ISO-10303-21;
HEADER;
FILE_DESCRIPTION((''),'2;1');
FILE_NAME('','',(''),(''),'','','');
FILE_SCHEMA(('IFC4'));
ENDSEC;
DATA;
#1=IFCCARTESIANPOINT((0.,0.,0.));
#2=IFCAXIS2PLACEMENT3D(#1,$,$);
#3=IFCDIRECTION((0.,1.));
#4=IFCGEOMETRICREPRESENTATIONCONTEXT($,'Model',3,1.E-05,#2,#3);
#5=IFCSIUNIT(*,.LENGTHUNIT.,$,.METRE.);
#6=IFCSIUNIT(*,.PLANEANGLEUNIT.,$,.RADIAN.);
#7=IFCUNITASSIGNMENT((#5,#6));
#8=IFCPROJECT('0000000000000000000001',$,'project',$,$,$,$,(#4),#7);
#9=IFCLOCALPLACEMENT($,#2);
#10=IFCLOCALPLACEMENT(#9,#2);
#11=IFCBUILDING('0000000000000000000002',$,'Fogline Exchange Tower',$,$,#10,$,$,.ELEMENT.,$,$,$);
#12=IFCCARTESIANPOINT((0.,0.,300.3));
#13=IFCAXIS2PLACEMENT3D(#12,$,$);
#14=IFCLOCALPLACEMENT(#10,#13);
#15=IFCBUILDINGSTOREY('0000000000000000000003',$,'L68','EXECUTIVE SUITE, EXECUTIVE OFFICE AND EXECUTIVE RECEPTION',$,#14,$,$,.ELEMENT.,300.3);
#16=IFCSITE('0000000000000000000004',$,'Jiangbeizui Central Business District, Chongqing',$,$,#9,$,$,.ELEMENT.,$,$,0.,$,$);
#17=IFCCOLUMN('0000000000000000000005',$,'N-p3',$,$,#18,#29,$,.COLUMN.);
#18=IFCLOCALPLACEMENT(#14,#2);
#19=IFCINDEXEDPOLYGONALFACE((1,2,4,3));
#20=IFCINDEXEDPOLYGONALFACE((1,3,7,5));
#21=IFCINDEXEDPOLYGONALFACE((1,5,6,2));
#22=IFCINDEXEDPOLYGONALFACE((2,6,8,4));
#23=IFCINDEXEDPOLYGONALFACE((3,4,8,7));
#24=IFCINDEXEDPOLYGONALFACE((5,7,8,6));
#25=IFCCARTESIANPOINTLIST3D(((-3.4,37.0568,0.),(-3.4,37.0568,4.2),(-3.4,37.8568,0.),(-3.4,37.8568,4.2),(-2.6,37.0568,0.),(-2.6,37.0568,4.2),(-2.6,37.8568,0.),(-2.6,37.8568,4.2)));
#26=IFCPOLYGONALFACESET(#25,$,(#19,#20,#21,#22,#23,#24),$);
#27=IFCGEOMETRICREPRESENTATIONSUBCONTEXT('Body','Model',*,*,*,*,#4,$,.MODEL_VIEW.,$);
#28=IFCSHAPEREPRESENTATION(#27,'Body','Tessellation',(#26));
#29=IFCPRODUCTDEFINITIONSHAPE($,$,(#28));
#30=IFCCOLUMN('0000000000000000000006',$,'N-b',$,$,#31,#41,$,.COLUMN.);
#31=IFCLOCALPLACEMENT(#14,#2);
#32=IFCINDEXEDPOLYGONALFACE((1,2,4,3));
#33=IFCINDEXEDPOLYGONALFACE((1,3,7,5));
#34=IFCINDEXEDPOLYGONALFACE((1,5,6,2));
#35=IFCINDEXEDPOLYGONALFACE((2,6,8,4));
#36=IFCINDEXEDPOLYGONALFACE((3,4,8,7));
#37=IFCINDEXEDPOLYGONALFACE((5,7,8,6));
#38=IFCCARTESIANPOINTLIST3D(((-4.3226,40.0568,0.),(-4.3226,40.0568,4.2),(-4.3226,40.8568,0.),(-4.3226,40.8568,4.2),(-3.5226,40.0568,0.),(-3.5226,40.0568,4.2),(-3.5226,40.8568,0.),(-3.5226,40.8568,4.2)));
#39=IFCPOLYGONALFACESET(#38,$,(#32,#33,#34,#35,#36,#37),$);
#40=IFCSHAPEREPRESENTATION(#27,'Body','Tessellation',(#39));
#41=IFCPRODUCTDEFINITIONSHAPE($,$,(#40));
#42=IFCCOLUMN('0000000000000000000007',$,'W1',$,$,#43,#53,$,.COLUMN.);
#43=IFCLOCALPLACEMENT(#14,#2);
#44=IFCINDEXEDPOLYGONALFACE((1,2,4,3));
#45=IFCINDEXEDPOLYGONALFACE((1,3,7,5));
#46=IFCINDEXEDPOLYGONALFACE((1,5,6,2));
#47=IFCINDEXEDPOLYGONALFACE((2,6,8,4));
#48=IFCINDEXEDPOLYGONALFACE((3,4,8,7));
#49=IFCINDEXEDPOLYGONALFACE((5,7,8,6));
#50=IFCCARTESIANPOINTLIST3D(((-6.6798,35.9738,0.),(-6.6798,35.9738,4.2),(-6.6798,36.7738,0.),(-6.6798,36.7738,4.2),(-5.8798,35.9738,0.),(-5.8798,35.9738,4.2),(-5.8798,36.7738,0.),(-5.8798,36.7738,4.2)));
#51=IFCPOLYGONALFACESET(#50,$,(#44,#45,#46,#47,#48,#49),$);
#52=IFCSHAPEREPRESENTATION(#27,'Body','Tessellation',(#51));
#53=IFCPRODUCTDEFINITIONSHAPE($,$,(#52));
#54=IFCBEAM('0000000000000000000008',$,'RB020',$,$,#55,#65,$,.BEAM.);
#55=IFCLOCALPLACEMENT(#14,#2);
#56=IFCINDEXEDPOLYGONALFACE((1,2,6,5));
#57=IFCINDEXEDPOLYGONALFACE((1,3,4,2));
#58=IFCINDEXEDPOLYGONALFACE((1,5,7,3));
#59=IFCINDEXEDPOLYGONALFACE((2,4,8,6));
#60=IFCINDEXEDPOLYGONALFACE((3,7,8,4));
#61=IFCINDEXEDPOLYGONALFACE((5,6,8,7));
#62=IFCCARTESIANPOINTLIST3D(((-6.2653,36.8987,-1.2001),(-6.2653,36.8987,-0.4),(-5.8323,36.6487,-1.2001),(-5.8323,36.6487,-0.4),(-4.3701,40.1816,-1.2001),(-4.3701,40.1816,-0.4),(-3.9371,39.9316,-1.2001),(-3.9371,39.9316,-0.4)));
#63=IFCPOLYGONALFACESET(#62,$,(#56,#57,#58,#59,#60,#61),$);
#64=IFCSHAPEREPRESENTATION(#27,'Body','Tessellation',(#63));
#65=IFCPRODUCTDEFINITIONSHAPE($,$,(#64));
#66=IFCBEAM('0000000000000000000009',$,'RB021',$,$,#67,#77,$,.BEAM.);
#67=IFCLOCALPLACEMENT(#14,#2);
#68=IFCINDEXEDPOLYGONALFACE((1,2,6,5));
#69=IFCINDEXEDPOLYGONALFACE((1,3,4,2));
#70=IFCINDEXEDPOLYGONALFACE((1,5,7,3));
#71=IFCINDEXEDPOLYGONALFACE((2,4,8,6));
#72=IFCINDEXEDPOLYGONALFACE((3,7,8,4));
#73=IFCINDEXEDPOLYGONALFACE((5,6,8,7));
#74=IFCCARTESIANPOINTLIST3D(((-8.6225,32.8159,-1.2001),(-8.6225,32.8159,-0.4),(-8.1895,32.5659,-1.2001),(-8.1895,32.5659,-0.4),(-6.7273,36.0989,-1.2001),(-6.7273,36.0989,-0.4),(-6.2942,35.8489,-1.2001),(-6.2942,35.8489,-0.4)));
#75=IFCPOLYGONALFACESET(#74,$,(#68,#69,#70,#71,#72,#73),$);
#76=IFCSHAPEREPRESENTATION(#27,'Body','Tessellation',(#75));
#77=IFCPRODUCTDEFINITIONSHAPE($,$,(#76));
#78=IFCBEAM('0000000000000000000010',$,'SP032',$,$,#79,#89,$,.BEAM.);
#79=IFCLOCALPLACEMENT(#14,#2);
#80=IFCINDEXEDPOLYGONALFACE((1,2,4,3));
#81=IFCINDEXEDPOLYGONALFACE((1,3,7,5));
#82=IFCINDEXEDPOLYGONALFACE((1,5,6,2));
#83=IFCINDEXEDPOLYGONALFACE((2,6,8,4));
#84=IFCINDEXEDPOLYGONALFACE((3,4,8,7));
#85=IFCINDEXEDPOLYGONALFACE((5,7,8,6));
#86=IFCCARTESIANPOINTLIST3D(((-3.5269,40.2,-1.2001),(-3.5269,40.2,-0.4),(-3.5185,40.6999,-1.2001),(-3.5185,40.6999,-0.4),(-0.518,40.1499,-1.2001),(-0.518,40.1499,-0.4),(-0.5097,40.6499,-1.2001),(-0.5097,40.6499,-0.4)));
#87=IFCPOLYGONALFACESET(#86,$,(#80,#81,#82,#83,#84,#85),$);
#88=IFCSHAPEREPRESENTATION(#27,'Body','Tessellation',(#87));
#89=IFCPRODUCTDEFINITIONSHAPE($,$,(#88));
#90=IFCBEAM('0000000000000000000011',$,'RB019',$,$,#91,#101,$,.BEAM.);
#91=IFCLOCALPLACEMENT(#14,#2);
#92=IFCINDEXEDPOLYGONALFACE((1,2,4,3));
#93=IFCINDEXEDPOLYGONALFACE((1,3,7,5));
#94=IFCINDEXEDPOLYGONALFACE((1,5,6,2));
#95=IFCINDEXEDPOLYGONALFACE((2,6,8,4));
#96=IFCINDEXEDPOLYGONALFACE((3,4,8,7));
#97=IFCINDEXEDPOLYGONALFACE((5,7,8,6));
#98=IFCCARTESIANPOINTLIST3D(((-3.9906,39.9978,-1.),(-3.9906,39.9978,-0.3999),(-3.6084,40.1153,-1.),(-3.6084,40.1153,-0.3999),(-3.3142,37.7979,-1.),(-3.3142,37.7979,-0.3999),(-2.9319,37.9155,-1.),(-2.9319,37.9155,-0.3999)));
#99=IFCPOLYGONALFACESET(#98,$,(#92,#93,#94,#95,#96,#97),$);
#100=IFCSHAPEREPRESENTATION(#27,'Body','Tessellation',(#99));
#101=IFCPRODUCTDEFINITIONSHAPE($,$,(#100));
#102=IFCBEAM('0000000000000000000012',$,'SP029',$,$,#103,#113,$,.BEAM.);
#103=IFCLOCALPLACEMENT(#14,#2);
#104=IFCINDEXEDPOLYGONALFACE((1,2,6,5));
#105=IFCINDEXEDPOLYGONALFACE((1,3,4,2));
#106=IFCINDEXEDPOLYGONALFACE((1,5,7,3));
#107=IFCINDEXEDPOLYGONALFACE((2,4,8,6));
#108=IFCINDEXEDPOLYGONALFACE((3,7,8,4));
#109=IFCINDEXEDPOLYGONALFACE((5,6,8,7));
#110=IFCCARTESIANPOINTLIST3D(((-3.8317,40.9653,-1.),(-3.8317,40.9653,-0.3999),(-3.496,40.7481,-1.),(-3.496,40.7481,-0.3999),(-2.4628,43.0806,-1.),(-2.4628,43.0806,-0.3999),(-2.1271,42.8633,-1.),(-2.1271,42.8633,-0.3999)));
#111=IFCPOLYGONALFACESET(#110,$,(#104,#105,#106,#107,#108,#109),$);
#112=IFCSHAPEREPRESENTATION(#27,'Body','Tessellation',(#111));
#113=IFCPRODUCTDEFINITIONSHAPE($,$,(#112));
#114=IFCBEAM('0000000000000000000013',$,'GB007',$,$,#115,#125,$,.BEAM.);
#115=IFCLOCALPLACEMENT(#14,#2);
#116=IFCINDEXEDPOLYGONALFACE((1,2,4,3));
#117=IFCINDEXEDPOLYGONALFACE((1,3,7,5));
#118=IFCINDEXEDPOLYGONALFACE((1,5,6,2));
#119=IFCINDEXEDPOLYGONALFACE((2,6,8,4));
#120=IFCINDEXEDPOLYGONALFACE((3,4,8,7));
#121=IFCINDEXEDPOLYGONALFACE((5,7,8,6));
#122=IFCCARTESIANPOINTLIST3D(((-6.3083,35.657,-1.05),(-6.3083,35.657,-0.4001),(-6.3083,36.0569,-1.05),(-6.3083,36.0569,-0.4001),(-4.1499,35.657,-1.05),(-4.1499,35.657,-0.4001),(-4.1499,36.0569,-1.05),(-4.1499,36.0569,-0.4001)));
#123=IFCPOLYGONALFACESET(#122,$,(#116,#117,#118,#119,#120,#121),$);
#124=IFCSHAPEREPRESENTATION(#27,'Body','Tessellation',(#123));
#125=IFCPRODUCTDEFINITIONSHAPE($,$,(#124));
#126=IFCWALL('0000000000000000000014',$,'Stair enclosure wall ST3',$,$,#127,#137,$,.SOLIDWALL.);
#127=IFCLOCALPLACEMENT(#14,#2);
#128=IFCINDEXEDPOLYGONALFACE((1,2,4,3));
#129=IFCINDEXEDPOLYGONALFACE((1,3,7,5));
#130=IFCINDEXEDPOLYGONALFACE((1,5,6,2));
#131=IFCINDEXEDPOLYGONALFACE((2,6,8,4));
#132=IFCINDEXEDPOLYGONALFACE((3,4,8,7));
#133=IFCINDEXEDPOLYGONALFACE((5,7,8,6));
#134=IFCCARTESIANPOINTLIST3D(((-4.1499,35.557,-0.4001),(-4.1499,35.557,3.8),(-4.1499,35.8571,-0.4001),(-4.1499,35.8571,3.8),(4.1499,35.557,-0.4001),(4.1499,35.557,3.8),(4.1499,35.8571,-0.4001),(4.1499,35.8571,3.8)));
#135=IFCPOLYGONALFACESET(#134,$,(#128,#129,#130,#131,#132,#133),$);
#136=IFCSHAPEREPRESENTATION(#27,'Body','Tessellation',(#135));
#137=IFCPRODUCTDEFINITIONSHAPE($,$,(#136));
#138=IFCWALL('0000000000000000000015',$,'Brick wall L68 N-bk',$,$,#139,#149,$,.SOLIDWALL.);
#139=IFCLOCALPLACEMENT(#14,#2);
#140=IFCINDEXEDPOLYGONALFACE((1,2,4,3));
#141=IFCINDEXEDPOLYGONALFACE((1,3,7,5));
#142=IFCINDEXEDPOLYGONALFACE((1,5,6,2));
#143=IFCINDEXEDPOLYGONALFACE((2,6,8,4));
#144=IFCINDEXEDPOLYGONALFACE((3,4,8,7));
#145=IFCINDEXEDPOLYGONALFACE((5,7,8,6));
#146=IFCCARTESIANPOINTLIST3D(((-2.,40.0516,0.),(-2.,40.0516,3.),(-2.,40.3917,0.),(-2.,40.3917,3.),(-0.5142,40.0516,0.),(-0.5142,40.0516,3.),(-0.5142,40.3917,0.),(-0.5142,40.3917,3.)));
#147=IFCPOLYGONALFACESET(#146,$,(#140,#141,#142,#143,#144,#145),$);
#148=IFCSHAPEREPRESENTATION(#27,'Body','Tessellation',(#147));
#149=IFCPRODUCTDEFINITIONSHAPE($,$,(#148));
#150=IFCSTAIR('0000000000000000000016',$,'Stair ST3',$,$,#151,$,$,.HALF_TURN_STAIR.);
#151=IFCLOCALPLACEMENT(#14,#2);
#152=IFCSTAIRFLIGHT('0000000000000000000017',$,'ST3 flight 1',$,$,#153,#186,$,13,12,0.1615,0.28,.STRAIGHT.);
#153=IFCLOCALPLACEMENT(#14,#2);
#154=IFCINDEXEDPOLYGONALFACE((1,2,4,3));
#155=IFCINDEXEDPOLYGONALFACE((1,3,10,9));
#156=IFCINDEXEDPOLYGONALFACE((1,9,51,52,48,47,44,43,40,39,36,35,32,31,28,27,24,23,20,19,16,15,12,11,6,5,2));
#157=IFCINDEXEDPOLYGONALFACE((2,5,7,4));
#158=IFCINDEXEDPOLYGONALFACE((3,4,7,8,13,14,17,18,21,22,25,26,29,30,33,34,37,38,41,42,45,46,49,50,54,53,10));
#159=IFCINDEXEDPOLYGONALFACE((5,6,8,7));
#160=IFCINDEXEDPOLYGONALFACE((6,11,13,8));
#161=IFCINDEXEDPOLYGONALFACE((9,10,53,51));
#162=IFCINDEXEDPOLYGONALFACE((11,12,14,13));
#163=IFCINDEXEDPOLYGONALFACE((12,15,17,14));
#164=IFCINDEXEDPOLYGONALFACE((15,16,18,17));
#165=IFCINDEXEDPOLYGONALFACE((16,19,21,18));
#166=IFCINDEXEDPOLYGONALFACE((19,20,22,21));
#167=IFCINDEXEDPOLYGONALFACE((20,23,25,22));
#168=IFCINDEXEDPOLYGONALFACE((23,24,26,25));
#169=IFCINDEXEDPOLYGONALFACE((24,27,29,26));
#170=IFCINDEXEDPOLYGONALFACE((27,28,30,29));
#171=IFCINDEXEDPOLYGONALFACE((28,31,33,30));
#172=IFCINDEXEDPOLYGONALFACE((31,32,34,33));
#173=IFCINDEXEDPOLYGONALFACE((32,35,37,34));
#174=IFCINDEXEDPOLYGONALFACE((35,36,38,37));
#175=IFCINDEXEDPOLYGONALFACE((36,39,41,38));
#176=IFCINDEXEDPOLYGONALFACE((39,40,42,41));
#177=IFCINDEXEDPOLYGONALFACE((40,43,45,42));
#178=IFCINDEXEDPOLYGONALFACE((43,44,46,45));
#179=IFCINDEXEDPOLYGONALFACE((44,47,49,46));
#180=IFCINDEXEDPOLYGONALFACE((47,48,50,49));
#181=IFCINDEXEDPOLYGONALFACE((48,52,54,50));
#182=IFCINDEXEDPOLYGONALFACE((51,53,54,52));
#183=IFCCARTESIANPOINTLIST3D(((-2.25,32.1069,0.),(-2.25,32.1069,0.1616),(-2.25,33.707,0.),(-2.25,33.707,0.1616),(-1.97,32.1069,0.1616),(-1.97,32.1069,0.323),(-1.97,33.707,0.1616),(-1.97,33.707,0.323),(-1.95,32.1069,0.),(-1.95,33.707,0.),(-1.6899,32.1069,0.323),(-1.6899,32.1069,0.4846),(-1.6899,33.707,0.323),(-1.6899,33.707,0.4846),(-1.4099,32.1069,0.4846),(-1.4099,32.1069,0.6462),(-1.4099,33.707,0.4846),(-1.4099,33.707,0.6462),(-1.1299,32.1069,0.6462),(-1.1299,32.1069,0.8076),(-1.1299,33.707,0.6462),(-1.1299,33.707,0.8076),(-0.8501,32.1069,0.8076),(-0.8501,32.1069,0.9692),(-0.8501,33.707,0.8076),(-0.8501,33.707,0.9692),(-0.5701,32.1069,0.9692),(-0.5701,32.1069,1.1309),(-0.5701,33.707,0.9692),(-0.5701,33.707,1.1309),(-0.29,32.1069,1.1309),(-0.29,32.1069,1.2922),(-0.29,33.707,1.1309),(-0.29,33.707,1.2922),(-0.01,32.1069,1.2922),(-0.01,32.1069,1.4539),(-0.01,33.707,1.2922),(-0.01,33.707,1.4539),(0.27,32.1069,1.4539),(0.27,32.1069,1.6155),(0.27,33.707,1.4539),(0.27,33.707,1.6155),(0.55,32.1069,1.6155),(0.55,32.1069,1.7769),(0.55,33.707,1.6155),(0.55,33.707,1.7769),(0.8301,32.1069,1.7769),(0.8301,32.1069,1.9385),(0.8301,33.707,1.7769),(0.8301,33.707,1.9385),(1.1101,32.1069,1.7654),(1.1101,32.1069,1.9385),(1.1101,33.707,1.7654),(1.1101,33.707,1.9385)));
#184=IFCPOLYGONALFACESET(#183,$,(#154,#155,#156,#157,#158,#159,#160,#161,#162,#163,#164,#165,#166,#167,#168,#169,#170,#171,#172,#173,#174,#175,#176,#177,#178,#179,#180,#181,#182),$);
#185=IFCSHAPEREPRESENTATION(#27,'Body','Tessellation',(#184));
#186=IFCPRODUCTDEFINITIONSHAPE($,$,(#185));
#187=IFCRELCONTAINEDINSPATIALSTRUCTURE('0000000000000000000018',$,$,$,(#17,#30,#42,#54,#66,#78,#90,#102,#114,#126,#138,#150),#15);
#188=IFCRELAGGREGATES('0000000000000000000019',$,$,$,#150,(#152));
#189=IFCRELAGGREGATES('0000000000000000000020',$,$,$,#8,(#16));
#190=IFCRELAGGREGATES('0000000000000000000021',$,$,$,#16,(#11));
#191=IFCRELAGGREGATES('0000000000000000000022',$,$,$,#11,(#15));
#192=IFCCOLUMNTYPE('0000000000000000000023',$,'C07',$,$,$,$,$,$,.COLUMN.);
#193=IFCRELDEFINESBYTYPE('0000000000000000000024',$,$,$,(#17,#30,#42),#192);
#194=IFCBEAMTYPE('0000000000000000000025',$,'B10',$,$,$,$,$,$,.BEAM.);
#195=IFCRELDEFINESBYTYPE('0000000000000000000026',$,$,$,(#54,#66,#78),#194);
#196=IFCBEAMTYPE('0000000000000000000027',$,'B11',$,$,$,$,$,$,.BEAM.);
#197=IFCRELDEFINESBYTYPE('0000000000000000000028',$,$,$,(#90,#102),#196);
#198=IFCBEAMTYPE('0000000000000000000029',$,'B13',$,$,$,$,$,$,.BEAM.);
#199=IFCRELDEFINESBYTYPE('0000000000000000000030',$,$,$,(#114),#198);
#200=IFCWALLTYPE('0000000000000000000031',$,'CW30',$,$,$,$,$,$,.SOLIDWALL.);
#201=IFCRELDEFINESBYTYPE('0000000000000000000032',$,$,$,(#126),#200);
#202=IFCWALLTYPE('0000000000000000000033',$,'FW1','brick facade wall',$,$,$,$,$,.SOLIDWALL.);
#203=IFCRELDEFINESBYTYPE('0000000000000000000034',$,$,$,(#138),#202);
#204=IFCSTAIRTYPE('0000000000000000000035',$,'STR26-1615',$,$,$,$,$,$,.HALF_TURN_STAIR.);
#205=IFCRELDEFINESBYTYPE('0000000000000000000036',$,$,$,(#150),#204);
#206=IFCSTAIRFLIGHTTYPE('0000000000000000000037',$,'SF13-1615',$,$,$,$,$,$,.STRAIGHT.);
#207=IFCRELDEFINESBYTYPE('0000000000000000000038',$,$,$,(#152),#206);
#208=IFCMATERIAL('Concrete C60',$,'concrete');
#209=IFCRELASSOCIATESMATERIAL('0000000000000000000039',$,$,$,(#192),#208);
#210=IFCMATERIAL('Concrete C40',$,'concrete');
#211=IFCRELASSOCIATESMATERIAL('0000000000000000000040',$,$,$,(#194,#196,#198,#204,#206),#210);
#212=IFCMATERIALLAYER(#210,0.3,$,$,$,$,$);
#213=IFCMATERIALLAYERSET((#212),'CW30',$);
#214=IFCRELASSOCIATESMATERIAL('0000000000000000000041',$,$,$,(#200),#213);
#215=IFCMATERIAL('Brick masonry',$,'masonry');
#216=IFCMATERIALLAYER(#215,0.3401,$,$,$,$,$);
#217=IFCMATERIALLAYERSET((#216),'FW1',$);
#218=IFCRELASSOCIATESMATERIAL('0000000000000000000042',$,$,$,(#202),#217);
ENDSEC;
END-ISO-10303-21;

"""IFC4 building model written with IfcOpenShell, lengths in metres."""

from ifc_helpers import new_model, si_unit, direction, frame, frame_2d, origin, origin_2d, place, context, subcontext, project, spatial, polyline, rectangle, outline, extrude, material, layer, layer_set, material_profile, profile_set, type_object, element, aggregate, save


model = new_model("IFC4")

# Units and contexts
model_context = context("Model", 3, precision=1e-05, world=origin(), true_north=direction((0.0, 1.0)))
body_context = subcontext(model_context, "Body", "Model", "MODEL_VIEW")
ifc_project = project(units=[si_unit("LENGTHUNIT", "METRE"), si_unit("PLANEANGLEUNIT", "RADIAN")], contexts=[model_context])

# Site, building, storey
site_placement = place(None, origin())
site = spatial("IfcSite", under=ifc_project, at=site_placement, Name="Jiangbeizui Central Business District, Chongqing", CompositionType="ELEMENT", RefElevation=0.0)
building_placement = place(site_placement, origin())
building = spatial("IfcBuilding", under=site, at=building_placement, Name="Fogline Exchange Tower", CompositionType="ELEMENT")
storey_placement = place(building_placement, frame((0.0, 0.0, 300.3)))
storey = spatial("IfcBuildingStorey", under=building, at=storey_placement, Name="L68", Description="EXECUTIVE SUITE, EXECUTIVE OFFICE AND EXECUTIVE RECEPTION", CompositionType="ELEMENT", Elevation=300.3)

# Columns
ifc_material_1 = material(Name="Concrete C60", Category="concrete")
ifc_material_profile_1 = material_profile(ifc_material_1, rectangle(XDim=0.8, YDim=0.8, at=origin_2d()), Name="RC 800x800")
ifc_profile_set_1 = profile_set([ifc_material_profile_1], Name="Concrete C60")
column_type = type_object("IfcColumnType", Name="C07", PredefinedType="COLUMN", material=ifc_profile_set_1)
for number, where, z_axis, x_axis, name in (
    (1, (-3.0, 37.4568, 0.0), (0.0, 0.0, 1.0), (1.0, 0.0, 0.0), "N-p3"),
    (2, (-3.9226, 40.4568, 0.0), (0.0, 0.0, 1.0), (1.0, 0.0, 0.0), "N-b"),
    (3, (-6.2798, 36.3738, 0.0), (0.0, 0.0, 1.0), (1.0, 0.0, 0.0), "W1"),
):
    element("IfcColumn", number, at=place(storey_placement, frame(where, z_axis=z_axis, x_axis=x_axis)), inside=storey, type_object=column_type, Name=name, PredefinedType="COLUMN", context=body_context, shape_type="SweptSolid", body=[
        extrude(rectangle(XDim=0.8, YDim=0.8, at=origin_2d()), origin(), (0.0, 0.0, 1.0), 4.2),
    ])

# Beams
ifc_material_2 = material(Name="Concrete C40", Category="concrete")
ifc_material_profile_2 = material_profile(ifc_material_2, rectangle(XDim=0.5, YDim=0.8, at=origin_2d()), Name="RC 500x800")
ifc_profile_set_2 = profile_set([ifc_material_profile_2], Name="Concrete C40")
beam_type_1 = type_object("IfcBeamType", Name="B10", PredefinedType="BEAM", material=ifc_profile_set_2)
for number, where, z_axis, x_axis, name in (
    (4, (-4.1536, 40.0566, -0.8), (-0.49997, -0.866043, 0.0), (0.866043, -0.49997, 0.0), "RB020"),
    (5, (-6.5107, 35.9739, -0.8), (-0.49997, -0.866043, 0.0), (0.866043, -0.49997, 0.0), "RB021"),
):
    element("IfcBeam", number, at=place(storey_placement, frame(where, z_axis=z_axis, x_axis=x_axis)), inside=storey, type_object=beam_type_1, Name=name, PredefinedType="BEAM", context=body_context, shape_type="SweptSolid", body=[
        extrude(rectangle(XDim=0.5, YDim=0.8, at=origin_2d()), origin(), (0.0, 0.0, 1.0), 3.7908),
    ])
beam_1_placement = place(storey_placement, frame((-3.5227, 40.45, -0.8), z_axis=(0.999862, -0.016632, 0.0), x_axis=(0.016632, 0.999862, 0.0)))
element("IfcBeam", 6, at=beam_1_placement, inside=storey, type_object=beam_type_1, Name="SP032", PredefinedType="BEAM", context=body_context, shape_type="SweptSolid", body=[
    extrude(rectangle(XDim=0.5, YDim=0.8, at=origin_2d()), origin(), (0.0, 0.0, 1.0), 3.0093),
])
ifc_material_profile_3 = material_profile(ifc_material_2, rectangle(XDim=0.3999, YDim=0.6001, at=origin_2d()), Name="RC 400x600")
ifc_profile_set_3 = profile_set([ifc_material_profile_3], Name="Concrete C40")
beam_type_2 = type_object("IfcBeamType", Name="B11", PredefinedType="BEAM", material=ifc_profile_set_3)
beam_2_placement = place(storey_placement, frame((-3.123, 37.8567, -0.7), z_axis=(-0.293929, 0.955827, 0.0), x_axis=(-0.955827, -0.293929, 0.0)))
element("IfcBeam", 7, at=beam_2_placement, inside=storey, type_object=beam_type_2, Name="RB019", PredefinedType="BEAM", context=body_context, shape_type="SweptSolid", body=[
    extrude(rectangle(XDim=0.3999, YDim=0.6001, at=origin_2d()), origin(), (0.0, 0.0, 1.0), 2.3015),
])
beam_3_placement = place(storey_placement, frame((-3.6638, 40.8567, -0.7), z_axis=(0.543312, 0.839531, 0.0), x_axis=(-0.839531, 0.543312, 0.0)))
element("IfcBeam", 8, at=beam_3_placement, inside=storey, type_object=beam_type_2, Name="SP029", PredefinedType="BEAM", context=body_context, shape_type="SweptSolid", body=[
    extrude(rectangle(XDim=0.3999, YDim=0.6001, at=origin_2d()), origin(), (0.0, 0.0, 1.0), 2.5195),
])
ifc_material_profile_4 = material_profile(ifc_material_2, rectangle(XDim=0.3999, YDim=0.6499, at=origin_2d()), Name="RC 400x650")
ifc_profile_set_4 = profile_set([ifc_material_profile_4], Name="Concrete C40")
beam_type_3 = type_object("IfcBeamType", Name="B13", PredefinedType="BEAM", material=ifc_profile_set_4)
beam_4_placement = place(storey_placement, frame((-6.3083, 35.8569, -0.7251), z_axis=(1.0, 0.0, 0.0), x_axis=(0.0, 1.0, 0.0)))
element("IfcBeam", 9, at=beam_4_placement, inside=storey, type_object=beam_type_3, Name="GB007", PredefinedType="BEAM", context=body_context, shape_type="SweptSolid", body=[
    extrude(rectangle(XDim=0.3999, YDim=0.6499, at=origin_2d()), origin(), (0.0, 0.0, 1.0), 2.1584),
])

# Walls
ifc_layer_1 = layer(ifc_material_2, 0.3)
ifc_layer_set_1 = layer_set([ifc_layer_1], Name="CW30")
wall_type_1 = type_object("IfcWallType", Name="CW30", PredefinedType="SOLIDWALL", material=ifc_layer_set_1)
wall_1_placement = place(storey_placement, frame((-4.1499, 35.707, -0.4001), z_axis=(0.0, 0.0, 1.0), x_axis=(1.0, 0.0, 0.0)))
element("IfcWall", 10, at=wall_1_placement, inside=storey, type_object=wall_type_1, Name="Stair enclosure wall ST3", PredefinedType="SOLIDWALL", context=body_context, shape_type="SweptSolid", body=[
    extrude(rectangle(XDim=8.2998, YDim=0.3, at=frame_2d((4.1499, 0.0))), origin(), (0.0, 0.0, 1.0), 4.2002),
])
ifc_material_3 = material(Name="Brick masonry", Category="masonry")
ifc_layer_2 = layer(ifc_material_3, 0.3401)
ifc_layer_set_2 = layer_set([ifc_layer_2], Name="FW1")
wall_type_2 = type_object("IfcWallType", Name="FW1", Description="brick facade wall", PredefinedType="SOLIDWALL", material=ifc_layer_set_2)
wall_2_placement = place(storey_placement, frame((-0.5142, 40.2217, 0.0), z_axis=(0.0, 0.0, 1.0), x_axis=(-1.0, 0.0, 0.0)))
element("IfcWall", 11, at=wall_2_placement, inside=storey, type_object=wall_type_2, Name="Brick wall L68 N-bk", PredefinedType="SOLIDWALL", context=body_context, shape_type="SweptSolid", body=[
    extrude(rectangle(XDim=1.4858, YDim=0.3401, at=frame_2d((0.7429, 0.0))), origin(), (0.0, 0.0, 1.0), 3.0),
])

# Stair, stair flight
stair_type = type_object("IfcStairType", Name="STR26-1615", PredefinedType="HALF_TURN_STAIR", material=ifc_material_2)
stair_placement = place(storey_placement, origin())
stair = element("IfcStair", 12, at=stair_placement, inside=storey, type_object=stair_type, Name="Stair ST3", PredefinedType="HALF_TURN_STAIR")
stair_flight_type = type_object("IfcStairFlightType", Name="SF13-1615", PredefinedType="STRAIGHT", material=ifc_material_2)
stair_flight_placement = place(storey_placement, frame((-2.25, 32.907, 0.0), z_axis=(0.0, 0.0, 1.0), x_axis=(1.0, 0.0, 0.0)))
stair_flight = element("IfcStairFlight", 13, at=stair_flight_placement, type_object=stair_flight_type, Name="ST3 flight 1", NumberOfRisers=13, NumberOfTreads=12, PredefinedType="STRAIGHT", RiserHeight=0.1615, TreadLength=0.28, context=body_context, shape_type="SweptSolid", body=[
    extrude(outline(polyline([(0.0, 0.0), (0.0, 0.1616), (0.28, 0.1616), (0.28, 0.323), (0.5601, 0.323), (0.5601, 0.4846), (0.8401, 0.4846), (0.8401, 0.6462), (1.1201, 0.6462), (1.1201, 0.8076), (1.3999, 0.8076), (1.3999, 0.9692), (1.6799, 0.9692), (1.6799, 1.1309), (1.96, 1.1309), (1.96, 1.2922), (2.24, 1.2922), (2.24, 1.4539), (2.52, 1.4539), (2.52, 1.6155), (2.8, 1.6155), (2.8, 1.7769), (3.0801, 1.7769), (3.0801, 1.9385), (3.3601, 1.9385), (3.3601, 2.1001), (3.3601, 1.7654), (0.3, 0.0), (0.0, 0.0)])), frame((0.0, 0.8, 0.0), z_axis=(0.0, -1.0, 0.0), x_axis=(1.0, 0.0, 0.0)), (0.0, 0.0, 1.0), 1.6001),
])
aggregate(stair, [stair_flight])

save(model, "model.ifc")
